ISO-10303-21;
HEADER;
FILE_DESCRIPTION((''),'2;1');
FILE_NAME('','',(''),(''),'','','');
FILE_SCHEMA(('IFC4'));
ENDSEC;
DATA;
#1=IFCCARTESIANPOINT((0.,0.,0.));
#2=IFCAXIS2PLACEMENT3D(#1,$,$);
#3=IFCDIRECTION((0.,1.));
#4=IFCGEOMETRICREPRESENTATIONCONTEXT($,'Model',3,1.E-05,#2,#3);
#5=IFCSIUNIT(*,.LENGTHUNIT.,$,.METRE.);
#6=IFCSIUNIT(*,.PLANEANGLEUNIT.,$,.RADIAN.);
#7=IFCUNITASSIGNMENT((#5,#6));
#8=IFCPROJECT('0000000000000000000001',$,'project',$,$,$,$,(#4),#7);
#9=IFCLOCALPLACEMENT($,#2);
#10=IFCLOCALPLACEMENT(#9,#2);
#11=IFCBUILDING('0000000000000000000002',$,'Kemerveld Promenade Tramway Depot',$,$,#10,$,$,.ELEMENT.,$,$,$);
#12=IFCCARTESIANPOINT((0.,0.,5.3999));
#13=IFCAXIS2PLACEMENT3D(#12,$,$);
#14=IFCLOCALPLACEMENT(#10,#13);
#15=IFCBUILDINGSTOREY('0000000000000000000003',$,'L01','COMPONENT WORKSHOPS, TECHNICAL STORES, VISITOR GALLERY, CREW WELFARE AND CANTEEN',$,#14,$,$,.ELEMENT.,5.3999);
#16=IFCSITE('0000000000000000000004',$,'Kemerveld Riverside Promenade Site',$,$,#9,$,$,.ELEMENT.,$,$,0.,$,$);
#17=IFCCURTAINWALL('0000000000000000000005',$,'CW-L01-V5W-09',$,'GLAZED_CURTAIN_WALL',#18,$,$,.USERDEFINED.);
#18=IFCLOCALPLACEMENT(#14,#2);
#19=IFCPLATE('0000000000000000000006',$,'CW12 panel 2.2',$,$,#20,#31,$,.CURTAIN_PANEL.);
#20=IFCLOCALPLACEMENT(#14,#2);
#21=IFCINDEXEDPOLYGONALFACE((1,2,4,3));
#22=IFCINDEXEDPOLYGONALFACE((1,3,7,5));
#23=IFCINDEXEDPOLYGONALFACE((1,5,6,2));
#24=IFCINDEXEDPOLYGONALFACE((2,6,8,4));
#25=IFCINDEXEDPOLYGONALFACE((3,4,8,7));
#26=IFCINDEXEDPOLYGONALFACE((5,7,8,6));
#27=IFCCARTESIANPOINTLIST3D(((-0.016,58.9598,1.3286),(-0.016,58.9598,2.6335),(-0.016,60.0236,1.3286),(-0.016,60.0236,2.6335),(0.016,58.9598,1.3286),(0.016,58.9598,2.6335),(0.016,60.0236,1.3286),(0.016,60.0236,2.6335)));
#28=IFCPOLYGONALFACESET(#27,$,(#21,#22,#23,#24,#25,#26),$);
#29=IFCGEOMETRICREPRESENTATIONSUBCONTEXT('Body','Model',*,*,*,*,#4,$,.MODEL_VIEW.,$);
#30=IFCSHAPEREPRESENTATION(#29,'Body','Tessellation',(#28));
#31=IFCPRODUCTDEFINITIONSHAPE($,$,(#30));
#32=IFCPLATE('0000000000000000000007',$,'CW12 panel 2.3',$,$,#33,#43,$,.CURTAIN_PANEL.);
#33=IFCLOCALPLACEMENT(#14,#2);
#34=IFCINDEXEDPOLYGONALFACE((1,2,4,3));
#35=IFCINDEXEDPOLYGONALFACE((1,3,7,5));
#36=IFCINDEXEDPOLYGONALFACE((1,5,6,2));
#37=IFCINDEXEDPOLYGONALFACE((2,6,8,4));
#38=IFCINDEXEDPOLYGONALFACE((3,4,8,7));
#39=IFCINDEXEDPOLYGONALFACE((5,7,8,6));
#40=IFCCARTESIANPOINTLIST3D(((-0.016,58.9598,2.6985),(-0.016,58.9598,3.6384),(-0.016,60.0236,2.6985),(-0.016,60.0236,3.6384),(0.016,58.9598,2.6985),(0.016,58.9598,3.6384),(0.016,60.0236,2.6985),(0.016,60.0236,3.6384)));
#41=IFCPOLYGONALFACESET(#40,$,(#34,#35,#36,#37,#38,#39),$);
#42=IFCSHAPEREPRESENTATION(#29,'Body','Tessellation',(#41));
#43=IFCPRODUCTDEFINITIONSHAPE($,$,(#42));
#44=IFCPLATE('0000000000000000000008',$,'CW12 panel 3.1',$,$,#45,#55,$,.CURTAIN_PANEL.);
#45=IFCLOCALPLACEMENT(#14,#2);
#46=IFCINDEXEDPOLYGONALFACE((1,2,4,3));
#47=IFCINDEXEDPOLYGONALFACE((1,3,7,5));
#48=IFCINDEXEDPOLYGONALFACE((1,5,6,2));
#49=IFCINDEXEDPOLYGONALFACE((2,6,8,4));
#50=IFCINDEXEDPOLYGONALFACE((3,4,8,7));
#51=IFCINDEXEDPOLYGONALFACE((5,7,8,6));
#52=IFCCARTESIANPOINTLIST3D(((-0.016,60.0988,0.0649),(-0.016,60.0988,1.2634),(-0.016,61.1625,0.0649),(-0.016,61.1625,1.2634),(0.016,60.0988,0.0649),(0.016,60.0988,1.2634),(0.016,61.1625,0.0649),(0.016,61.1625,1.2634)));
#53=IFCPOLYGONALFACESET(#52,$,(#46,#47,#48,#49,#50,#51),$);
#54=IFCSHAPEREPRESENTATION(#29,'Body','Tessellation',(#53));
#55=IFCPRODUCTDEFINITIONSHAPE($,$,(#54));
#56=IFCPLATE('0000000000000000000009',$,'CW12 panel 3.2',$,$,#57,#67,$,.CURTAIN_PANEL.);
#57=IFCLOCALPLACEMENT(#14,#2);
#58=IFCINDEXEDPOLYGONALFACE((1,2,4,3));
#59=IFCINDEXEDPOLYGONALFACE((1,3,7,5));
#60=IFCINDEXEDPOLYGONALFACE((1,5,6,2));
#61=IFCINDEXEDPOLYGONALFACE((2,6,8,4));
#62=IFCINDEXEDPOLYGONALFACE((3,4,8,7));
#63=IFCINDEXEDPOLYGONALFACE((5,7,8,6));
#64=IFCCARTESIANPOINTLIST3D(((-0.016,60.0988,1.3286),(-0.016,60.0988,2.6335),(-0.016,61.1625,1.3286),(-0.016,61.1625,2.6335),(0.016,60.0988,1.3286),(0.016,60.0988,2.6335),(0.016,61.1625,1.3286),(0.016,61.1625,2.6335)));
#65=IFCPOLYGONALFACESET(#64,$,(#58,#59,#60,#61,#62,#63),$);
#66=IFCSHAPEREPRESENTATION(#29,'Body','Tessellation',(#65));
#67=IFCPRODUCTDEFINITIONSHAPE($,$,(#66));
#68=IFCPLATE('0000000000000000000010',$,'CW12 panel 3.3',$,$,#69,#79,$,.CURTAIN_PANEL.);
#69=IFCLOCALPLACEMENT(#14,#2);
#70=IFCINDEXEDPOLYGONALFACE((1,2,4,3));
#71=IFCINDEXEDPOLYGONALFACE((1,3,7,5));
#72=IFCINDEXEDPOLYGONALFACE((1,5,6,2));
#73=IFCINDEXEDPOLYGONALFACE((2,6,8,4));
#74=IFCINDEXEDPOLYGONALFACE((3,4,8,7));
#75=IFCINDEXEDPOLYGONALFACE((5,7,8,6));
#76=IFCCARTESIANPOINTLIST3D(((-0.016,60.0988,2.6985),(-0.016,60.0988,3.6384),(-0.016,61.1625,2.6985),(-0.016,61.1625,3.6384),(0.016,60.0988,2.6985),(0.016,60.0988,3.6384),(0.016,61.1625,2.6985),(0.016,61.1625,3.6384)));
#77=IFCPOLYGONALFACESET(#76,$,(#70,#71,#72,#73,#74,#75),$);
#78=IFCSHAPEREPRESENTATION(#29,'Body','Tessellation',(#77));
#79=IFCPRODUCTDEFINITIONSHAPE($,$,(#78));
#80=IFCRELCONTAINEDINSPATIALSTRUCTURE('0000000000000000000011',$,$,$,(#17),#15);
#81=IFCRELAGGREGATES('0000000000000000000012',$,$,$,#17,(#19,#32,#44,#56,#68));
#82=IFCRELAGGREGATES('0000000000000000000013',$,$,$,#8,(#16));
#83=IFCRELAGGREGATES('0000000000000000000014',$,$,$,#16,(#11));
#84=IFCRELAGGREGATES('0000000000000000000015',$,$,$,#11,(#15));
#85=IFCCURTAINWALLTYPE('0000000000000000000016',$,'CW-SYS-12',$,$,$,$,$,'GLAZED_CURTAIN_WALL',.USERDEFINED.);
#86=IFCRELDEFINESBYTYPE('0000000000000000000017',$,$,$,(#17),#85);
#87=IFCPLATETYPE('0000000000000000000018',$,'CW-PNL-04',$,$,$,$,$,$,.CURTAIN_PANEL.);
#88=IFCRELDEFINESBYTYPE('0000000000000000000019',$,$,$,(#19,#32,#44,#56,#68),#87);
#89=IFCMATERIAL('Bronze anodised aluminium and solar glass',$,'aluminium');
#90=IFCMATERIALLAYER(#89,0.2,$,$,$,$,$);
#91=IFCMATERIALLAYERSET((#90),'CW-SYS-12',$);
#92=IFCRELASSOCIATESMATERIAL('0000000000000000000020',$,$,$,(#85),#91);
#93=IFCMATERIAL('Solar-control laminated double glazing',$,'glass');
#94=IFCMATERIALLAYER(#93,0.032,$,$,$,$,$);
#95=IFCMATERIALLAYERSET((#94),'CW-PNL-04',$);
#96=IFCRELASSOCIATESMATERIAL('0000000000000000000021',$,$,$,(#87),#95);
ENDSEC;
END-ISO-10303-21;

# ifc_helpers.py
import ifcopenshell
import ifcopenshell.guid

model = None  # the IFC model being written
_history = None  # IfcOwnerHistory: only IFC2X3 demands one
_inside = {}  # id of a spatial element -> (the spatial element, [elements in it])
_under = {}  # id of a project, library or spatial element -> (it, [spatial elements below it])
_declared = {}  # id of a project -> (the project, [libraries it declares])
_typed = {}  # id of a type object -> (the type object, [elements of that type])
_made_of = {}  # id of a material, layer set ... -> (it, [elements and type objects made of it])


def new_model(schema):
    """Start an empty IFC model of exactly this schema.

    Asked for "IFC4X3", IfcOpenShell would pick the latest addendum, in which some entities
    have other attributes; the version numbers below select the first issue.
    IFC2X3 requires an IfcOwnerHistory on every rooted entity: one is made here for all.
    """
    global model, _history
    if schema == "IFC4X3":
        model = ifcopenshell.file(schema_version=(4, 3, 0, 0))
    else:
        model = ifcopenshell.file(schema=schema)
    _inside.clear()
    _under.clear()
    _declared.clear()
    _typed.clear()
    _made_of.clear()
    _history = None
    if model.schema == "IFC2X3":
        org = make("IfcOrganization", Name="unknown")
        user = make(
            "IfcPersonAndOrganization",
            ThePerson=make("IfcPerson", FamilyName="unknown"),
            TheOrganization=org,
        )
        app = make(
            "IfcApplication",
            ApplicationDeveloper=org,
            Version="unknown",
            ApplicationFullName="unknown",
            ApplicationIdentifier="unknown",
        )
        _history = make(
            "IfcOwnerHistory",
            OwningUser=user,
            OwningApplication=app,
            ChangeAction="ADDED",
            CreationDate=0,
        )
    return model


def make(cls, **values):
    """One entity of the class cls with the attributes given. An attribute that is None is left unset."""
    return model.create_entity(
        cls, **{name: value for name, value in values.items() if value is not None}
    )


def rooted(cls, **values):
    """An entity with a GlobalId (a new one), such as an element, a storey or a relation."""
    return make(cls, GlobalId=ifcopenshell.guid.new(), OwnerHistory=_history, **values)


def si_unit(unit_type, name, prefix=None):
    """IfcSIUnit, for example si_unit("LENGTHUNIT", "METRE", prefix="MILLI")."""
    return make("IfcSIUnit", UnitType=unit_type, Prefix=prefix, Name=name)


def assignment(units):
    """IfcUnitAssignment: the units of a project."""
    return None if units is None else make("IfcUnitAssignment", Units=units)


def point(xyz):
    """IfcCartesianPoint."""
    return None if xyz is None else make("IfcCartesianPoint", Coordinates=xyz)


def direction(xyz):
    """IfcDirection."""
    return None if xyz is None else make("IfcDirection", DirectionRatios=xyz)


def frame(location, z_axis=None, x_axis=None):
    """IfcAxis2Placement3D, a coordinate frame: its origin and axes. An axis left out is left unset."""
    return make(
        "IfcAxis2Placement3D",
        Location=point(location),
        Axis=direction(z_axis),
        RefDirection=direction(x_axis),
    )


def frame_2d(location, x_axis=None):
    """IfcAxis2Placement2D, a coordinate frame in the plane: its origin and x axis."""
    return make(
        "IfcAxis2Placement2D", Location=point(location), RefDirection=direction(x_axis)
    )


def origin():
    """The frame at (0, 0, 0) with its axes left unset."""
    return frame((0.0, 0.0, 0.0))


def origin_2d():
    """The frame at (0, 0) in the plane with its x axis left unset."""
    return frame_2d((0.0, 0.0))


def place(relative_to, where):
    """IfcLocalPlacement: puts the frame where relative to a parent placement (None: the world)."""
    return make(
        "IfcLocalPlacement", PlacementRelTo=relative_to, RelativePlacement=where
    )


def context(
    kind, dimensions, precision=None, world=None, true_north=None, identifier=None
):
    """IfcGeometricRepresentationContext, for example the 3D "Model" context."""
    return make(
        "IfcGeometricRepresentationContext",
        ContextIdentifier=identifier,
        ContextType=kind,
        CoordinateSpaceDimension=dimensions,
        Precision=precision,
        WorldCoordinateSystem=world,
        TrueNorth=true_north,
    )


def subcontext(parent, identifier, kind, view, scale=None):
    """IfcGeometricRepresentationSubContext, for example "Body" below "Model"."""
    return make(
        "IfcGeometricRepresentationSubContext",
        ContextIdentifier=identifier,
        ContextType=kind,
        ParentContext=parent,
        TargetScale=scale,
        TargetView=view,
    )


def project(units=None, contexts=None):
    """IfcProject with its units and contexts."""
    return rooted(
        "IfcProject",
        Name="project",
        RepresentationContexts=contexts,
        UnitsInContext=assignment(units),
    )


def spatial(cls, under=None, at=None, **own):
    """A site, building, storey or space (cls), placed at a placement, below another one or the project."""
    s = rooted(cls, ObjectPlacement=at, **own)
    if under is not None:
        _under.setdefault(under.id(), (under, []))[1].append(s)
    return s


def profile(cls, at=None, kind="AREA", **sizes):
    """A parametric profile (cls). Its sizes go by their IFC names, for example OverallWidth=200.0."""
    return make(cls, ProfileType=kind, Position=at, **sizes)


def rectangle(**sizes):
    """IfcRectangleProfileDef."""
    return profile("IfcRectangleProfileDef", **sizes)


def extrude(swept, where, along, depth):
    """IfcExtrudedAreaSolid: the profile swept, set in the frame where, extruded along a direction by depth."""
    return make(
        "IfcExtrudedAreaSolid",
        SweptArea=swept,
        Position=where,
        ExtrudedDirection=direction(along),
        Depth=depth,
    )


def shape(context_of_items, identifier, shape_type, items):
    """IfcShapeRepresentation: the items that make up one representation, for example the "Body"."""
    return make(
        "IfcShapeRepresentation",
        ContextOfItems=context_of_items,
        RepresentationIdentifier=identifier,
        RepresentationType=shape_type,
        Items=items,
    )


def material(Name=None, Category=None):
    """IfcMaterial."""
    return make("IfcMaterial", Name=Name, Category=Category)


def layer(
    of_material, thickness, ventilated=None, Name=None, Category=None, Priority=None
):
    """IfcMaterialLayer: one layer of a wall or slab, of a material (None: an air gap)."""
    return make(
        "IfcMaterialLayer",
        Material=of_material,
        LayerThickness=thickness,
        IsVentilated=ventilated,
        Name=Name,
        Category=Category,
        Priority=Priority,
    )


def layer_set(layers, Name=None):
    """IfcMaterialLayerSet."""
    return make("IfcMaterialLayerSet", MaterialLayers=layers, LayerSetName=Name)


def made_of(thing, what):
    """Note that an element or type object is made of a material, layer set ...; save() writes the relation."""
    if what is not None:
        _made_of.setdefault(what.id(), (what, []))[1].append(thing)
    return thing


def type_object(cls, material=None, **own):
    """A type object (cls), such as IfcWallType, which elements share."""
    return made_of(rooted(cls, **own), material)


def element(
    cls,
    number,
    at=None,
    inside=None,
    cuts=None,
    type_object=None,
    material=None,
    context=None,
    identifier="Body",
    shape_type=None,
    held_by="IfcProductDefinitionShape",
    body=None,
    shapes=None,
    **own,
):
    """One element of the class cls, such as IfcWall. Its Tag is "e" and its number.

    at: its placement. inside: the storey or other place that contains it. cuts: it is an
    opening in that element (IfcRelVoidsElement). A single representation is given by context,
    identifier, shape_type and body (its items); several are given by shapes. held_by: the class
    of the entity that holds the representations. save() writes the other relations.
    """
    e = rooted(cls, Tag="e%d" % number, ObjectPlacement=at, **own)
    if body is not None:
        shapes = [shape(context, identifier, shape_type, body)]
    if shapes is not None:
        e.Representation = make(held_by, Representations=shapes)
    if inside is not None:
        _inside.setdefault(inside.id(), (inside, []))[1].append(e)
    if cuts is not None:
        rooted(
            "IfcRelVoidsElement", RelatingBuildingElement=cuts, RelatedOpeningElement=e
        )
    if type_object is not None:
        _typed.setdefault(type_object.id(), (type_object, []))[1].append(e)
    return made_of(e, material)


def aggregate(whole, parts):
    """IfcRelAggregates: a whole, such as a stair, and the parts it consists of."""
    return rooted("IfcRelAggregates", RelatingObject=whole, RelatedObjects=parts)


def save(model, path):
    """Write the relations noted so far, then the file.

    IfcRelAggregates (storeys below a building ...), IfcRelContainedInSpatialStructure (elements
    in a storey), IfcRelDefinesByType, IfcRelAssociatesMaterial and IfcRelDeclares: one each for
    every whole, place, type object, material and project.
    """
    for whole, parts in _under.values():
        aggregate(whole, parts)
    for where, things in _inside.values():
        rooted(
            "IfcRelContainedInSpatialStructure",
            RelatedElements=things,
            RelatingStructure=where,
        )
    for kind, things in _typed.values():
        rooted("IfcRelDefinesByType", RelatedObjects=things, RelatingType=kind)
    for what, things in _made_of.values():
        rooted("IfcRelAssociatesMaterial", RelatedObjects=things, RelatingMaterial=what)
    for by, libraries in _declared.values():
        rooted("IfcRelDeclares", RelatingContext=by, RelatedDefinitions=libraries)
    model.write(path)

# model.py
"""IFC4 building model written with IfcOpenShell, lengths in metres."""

from ifc_helpers import new_model, si_unit, direction, frame, origin, origin_2d, place, context, subcontext, project, spatial, rectangle, extrude, material, layer, layer_set, type_object, element, aggregate, save


model = new_model("IFC4")

# Units and contexts
model_context = context("Model", 3, precision=1e-05, world=origin(), true_north=direction((0.0, 1.0)))
body_context = subcontext(model_context, "Body", "Model", "MODEL_VIEW")
ifc_project = project(units=[si_unit("LENGTHUNIT", "METRE"), si_unit("PLANEANGLEUNIT", "RADIAN")], contexts=[model_context])

# Site, building, storey
site_placement = place(None, origin())
site = spatial("IfcSite", under=ifc_project, at=site_placement, Name="Kemerveld Riverside Promenade Site", CompositionType="ELEMENT", RefElevation=0.0)
building_placement = place(site_placement, origin())
building = spatial("IfcBuilding", under=site, at=building_placement, Name="Kemerveld Promenade Tramway Depot", CompositionType="ELEMENT")
storey_placement = place(building_placement, frame((0.0, 0.0, 5.3999)))
storey = spatial("IfcBuildingStorey", under=building, at=storey_placement, Name="L01", Description="COMPONENT WORKSHOPS, TECHNICAL STORES, VISITOR GALLERY, CREW WELFARE AND CANTEEN", CompositionType="ELEMENT", Elevation=5.3999)

# Curtain wall, plates
ifc_material_1 = material(Name="Bronze anodised aluminium and solar glass", Category="aluminium")
ifc_layer_1 = layer(ifc_material_1, 0.2)
ifc_layer_set_1 = layer_set([ifc_layer_1], Name="CW-SYS-12")
curtain_wall_type = type_object("IfcCurtainWallType", Name="CW-SYS-12", ElementType="GLAZED_CURTAIN_WALL", PredefinedType="USERDEFINED", material=ifc_layer_set_1)
curtain_wall_placement = place(storey_placement, origin())
curtain_wall = element("IfcCurtainWall", 1, at=curtain_wall_placement, inside=storey, type_object=curtain_wall_type, Name="CW-L01-V5W-09", ObjectType="GLAZED_CURTAIN_WALL", PredefinedType="USERDEFINED")
ifc_material_2 = material(Name="Solar-control laminated double glazing", Category="glass")
ifc_layer_2 = layer(ifc_material_2, 0.032)
ifc_layer_set_2 = layer_set([ifc_layer_2], Name="CW-PNL-04")
plate_type = type_object("IfcPlateType", Name="CW-PNL-04", PredefinedType="CURTAIN_PANEL", material=ifc_layer_set_2)
plate_1_placement = place(storey_placement, frame((0.0, 59.4917, 1.3286), z_axis=(0.0, 0.0, 1.0), x_axis=(0.0, 1.0, 0.0)))
plate_1 = element("IfcPlate", 2, at=plate_1_placement, type_object=plate_type, Name="CW12 panel 2.2", PredefinedType="CURTAIN_PANEL", context=body_context, shape_type="SweptSolid", body=[
    extrude(rectangle(XDim=1.0637, YDim=0.032, at=origin_2d()), origin(), (0.0, 0.0, 1.0), 1.3049),
])
plate_2_placement = place(storey_placement, frame((0.0, 59.4917, 2.6985), z_axis=(0.0, 0.0, 1.0), x_axis=(0.0, 1.0, 0.0)))
plate_2 = element("IfcPlate", 3, at=plate_2_placement, type_object=plate_type, Name="CW12 panel 2.3", PredefinedType="CURTAIN_PANEL", context=body_context, shape_type="SweptSolid", body=[
    extrude(rectangle(XDim=1.0637, YDim=0.032, at=origin_2d()), origin(), (0.0, 0.0, 1.0), 0.9399),
])
plate_3_placement = place(storey_placement, frame((0.0, 60.6306, 0.0649), z_axis=(0.0, 0.0, 1.0), x_axis=(0.0, 1.0, 0.0)))
plate_3 = element("IfcPlate", 4, at=plate_3_placement, type_object=plate_type, Name="CW12 panel 3.1", PredefinedType="CURTAIN_PANEL", context=body_context, shape_type="SweptSolid", body=[
    extrude(rectangle(XDim=1.0637, YDim=0.032, at=origin_2d()), origin(), (0.0, 0.0, 1.0), 1.1985),
])
plate_4_placement = place(storey_placement, frame((0.0, 60.6306, 1.3286), z_axis=(0.0, 0.0, 1.0), x_axis=(0.0, 1.0, 0.0)))
plate_4 = element("IfcPlate", 5, at=plate_4_placement, type_object=plate_type, Name="CW12 panel 3.2", PredefinedType="CURTAIN_PANEL", context=body_context, shape_type="SweptSolid", body=[
    extrude(rectangle(XDim=1.0637, YDim=0.032, at=origin_2d()), origin(), (0.0, 0.0, 1.0), 1.3049),
])
plate_5_placement = place(storey_placement, frame((0.0, 60.6306, 2.6985), z_axis=(0.0, 0.0, 1.0), x_axis=(0.0, 1.0, 0.0)))
plate_5 = element("IfcPlate", 6, at=plate_5_placement, type_object=plate_type, Name="CW12 panel 3.3", PredefinedType="CURTAIN_PANEL", context=body_context, shape_type="SweptSolid", body=[
    extrude(rectangle(XDim=1.0637, YDim=0.032, at=origin_2d()), origin(), (0.0, 0.0, 1.0), 0.9399),
])
aggregate(curtain_wall, [plate_1, plate_2, plate_3, plate_4, plate_5])

save(model, "model.ifc")
